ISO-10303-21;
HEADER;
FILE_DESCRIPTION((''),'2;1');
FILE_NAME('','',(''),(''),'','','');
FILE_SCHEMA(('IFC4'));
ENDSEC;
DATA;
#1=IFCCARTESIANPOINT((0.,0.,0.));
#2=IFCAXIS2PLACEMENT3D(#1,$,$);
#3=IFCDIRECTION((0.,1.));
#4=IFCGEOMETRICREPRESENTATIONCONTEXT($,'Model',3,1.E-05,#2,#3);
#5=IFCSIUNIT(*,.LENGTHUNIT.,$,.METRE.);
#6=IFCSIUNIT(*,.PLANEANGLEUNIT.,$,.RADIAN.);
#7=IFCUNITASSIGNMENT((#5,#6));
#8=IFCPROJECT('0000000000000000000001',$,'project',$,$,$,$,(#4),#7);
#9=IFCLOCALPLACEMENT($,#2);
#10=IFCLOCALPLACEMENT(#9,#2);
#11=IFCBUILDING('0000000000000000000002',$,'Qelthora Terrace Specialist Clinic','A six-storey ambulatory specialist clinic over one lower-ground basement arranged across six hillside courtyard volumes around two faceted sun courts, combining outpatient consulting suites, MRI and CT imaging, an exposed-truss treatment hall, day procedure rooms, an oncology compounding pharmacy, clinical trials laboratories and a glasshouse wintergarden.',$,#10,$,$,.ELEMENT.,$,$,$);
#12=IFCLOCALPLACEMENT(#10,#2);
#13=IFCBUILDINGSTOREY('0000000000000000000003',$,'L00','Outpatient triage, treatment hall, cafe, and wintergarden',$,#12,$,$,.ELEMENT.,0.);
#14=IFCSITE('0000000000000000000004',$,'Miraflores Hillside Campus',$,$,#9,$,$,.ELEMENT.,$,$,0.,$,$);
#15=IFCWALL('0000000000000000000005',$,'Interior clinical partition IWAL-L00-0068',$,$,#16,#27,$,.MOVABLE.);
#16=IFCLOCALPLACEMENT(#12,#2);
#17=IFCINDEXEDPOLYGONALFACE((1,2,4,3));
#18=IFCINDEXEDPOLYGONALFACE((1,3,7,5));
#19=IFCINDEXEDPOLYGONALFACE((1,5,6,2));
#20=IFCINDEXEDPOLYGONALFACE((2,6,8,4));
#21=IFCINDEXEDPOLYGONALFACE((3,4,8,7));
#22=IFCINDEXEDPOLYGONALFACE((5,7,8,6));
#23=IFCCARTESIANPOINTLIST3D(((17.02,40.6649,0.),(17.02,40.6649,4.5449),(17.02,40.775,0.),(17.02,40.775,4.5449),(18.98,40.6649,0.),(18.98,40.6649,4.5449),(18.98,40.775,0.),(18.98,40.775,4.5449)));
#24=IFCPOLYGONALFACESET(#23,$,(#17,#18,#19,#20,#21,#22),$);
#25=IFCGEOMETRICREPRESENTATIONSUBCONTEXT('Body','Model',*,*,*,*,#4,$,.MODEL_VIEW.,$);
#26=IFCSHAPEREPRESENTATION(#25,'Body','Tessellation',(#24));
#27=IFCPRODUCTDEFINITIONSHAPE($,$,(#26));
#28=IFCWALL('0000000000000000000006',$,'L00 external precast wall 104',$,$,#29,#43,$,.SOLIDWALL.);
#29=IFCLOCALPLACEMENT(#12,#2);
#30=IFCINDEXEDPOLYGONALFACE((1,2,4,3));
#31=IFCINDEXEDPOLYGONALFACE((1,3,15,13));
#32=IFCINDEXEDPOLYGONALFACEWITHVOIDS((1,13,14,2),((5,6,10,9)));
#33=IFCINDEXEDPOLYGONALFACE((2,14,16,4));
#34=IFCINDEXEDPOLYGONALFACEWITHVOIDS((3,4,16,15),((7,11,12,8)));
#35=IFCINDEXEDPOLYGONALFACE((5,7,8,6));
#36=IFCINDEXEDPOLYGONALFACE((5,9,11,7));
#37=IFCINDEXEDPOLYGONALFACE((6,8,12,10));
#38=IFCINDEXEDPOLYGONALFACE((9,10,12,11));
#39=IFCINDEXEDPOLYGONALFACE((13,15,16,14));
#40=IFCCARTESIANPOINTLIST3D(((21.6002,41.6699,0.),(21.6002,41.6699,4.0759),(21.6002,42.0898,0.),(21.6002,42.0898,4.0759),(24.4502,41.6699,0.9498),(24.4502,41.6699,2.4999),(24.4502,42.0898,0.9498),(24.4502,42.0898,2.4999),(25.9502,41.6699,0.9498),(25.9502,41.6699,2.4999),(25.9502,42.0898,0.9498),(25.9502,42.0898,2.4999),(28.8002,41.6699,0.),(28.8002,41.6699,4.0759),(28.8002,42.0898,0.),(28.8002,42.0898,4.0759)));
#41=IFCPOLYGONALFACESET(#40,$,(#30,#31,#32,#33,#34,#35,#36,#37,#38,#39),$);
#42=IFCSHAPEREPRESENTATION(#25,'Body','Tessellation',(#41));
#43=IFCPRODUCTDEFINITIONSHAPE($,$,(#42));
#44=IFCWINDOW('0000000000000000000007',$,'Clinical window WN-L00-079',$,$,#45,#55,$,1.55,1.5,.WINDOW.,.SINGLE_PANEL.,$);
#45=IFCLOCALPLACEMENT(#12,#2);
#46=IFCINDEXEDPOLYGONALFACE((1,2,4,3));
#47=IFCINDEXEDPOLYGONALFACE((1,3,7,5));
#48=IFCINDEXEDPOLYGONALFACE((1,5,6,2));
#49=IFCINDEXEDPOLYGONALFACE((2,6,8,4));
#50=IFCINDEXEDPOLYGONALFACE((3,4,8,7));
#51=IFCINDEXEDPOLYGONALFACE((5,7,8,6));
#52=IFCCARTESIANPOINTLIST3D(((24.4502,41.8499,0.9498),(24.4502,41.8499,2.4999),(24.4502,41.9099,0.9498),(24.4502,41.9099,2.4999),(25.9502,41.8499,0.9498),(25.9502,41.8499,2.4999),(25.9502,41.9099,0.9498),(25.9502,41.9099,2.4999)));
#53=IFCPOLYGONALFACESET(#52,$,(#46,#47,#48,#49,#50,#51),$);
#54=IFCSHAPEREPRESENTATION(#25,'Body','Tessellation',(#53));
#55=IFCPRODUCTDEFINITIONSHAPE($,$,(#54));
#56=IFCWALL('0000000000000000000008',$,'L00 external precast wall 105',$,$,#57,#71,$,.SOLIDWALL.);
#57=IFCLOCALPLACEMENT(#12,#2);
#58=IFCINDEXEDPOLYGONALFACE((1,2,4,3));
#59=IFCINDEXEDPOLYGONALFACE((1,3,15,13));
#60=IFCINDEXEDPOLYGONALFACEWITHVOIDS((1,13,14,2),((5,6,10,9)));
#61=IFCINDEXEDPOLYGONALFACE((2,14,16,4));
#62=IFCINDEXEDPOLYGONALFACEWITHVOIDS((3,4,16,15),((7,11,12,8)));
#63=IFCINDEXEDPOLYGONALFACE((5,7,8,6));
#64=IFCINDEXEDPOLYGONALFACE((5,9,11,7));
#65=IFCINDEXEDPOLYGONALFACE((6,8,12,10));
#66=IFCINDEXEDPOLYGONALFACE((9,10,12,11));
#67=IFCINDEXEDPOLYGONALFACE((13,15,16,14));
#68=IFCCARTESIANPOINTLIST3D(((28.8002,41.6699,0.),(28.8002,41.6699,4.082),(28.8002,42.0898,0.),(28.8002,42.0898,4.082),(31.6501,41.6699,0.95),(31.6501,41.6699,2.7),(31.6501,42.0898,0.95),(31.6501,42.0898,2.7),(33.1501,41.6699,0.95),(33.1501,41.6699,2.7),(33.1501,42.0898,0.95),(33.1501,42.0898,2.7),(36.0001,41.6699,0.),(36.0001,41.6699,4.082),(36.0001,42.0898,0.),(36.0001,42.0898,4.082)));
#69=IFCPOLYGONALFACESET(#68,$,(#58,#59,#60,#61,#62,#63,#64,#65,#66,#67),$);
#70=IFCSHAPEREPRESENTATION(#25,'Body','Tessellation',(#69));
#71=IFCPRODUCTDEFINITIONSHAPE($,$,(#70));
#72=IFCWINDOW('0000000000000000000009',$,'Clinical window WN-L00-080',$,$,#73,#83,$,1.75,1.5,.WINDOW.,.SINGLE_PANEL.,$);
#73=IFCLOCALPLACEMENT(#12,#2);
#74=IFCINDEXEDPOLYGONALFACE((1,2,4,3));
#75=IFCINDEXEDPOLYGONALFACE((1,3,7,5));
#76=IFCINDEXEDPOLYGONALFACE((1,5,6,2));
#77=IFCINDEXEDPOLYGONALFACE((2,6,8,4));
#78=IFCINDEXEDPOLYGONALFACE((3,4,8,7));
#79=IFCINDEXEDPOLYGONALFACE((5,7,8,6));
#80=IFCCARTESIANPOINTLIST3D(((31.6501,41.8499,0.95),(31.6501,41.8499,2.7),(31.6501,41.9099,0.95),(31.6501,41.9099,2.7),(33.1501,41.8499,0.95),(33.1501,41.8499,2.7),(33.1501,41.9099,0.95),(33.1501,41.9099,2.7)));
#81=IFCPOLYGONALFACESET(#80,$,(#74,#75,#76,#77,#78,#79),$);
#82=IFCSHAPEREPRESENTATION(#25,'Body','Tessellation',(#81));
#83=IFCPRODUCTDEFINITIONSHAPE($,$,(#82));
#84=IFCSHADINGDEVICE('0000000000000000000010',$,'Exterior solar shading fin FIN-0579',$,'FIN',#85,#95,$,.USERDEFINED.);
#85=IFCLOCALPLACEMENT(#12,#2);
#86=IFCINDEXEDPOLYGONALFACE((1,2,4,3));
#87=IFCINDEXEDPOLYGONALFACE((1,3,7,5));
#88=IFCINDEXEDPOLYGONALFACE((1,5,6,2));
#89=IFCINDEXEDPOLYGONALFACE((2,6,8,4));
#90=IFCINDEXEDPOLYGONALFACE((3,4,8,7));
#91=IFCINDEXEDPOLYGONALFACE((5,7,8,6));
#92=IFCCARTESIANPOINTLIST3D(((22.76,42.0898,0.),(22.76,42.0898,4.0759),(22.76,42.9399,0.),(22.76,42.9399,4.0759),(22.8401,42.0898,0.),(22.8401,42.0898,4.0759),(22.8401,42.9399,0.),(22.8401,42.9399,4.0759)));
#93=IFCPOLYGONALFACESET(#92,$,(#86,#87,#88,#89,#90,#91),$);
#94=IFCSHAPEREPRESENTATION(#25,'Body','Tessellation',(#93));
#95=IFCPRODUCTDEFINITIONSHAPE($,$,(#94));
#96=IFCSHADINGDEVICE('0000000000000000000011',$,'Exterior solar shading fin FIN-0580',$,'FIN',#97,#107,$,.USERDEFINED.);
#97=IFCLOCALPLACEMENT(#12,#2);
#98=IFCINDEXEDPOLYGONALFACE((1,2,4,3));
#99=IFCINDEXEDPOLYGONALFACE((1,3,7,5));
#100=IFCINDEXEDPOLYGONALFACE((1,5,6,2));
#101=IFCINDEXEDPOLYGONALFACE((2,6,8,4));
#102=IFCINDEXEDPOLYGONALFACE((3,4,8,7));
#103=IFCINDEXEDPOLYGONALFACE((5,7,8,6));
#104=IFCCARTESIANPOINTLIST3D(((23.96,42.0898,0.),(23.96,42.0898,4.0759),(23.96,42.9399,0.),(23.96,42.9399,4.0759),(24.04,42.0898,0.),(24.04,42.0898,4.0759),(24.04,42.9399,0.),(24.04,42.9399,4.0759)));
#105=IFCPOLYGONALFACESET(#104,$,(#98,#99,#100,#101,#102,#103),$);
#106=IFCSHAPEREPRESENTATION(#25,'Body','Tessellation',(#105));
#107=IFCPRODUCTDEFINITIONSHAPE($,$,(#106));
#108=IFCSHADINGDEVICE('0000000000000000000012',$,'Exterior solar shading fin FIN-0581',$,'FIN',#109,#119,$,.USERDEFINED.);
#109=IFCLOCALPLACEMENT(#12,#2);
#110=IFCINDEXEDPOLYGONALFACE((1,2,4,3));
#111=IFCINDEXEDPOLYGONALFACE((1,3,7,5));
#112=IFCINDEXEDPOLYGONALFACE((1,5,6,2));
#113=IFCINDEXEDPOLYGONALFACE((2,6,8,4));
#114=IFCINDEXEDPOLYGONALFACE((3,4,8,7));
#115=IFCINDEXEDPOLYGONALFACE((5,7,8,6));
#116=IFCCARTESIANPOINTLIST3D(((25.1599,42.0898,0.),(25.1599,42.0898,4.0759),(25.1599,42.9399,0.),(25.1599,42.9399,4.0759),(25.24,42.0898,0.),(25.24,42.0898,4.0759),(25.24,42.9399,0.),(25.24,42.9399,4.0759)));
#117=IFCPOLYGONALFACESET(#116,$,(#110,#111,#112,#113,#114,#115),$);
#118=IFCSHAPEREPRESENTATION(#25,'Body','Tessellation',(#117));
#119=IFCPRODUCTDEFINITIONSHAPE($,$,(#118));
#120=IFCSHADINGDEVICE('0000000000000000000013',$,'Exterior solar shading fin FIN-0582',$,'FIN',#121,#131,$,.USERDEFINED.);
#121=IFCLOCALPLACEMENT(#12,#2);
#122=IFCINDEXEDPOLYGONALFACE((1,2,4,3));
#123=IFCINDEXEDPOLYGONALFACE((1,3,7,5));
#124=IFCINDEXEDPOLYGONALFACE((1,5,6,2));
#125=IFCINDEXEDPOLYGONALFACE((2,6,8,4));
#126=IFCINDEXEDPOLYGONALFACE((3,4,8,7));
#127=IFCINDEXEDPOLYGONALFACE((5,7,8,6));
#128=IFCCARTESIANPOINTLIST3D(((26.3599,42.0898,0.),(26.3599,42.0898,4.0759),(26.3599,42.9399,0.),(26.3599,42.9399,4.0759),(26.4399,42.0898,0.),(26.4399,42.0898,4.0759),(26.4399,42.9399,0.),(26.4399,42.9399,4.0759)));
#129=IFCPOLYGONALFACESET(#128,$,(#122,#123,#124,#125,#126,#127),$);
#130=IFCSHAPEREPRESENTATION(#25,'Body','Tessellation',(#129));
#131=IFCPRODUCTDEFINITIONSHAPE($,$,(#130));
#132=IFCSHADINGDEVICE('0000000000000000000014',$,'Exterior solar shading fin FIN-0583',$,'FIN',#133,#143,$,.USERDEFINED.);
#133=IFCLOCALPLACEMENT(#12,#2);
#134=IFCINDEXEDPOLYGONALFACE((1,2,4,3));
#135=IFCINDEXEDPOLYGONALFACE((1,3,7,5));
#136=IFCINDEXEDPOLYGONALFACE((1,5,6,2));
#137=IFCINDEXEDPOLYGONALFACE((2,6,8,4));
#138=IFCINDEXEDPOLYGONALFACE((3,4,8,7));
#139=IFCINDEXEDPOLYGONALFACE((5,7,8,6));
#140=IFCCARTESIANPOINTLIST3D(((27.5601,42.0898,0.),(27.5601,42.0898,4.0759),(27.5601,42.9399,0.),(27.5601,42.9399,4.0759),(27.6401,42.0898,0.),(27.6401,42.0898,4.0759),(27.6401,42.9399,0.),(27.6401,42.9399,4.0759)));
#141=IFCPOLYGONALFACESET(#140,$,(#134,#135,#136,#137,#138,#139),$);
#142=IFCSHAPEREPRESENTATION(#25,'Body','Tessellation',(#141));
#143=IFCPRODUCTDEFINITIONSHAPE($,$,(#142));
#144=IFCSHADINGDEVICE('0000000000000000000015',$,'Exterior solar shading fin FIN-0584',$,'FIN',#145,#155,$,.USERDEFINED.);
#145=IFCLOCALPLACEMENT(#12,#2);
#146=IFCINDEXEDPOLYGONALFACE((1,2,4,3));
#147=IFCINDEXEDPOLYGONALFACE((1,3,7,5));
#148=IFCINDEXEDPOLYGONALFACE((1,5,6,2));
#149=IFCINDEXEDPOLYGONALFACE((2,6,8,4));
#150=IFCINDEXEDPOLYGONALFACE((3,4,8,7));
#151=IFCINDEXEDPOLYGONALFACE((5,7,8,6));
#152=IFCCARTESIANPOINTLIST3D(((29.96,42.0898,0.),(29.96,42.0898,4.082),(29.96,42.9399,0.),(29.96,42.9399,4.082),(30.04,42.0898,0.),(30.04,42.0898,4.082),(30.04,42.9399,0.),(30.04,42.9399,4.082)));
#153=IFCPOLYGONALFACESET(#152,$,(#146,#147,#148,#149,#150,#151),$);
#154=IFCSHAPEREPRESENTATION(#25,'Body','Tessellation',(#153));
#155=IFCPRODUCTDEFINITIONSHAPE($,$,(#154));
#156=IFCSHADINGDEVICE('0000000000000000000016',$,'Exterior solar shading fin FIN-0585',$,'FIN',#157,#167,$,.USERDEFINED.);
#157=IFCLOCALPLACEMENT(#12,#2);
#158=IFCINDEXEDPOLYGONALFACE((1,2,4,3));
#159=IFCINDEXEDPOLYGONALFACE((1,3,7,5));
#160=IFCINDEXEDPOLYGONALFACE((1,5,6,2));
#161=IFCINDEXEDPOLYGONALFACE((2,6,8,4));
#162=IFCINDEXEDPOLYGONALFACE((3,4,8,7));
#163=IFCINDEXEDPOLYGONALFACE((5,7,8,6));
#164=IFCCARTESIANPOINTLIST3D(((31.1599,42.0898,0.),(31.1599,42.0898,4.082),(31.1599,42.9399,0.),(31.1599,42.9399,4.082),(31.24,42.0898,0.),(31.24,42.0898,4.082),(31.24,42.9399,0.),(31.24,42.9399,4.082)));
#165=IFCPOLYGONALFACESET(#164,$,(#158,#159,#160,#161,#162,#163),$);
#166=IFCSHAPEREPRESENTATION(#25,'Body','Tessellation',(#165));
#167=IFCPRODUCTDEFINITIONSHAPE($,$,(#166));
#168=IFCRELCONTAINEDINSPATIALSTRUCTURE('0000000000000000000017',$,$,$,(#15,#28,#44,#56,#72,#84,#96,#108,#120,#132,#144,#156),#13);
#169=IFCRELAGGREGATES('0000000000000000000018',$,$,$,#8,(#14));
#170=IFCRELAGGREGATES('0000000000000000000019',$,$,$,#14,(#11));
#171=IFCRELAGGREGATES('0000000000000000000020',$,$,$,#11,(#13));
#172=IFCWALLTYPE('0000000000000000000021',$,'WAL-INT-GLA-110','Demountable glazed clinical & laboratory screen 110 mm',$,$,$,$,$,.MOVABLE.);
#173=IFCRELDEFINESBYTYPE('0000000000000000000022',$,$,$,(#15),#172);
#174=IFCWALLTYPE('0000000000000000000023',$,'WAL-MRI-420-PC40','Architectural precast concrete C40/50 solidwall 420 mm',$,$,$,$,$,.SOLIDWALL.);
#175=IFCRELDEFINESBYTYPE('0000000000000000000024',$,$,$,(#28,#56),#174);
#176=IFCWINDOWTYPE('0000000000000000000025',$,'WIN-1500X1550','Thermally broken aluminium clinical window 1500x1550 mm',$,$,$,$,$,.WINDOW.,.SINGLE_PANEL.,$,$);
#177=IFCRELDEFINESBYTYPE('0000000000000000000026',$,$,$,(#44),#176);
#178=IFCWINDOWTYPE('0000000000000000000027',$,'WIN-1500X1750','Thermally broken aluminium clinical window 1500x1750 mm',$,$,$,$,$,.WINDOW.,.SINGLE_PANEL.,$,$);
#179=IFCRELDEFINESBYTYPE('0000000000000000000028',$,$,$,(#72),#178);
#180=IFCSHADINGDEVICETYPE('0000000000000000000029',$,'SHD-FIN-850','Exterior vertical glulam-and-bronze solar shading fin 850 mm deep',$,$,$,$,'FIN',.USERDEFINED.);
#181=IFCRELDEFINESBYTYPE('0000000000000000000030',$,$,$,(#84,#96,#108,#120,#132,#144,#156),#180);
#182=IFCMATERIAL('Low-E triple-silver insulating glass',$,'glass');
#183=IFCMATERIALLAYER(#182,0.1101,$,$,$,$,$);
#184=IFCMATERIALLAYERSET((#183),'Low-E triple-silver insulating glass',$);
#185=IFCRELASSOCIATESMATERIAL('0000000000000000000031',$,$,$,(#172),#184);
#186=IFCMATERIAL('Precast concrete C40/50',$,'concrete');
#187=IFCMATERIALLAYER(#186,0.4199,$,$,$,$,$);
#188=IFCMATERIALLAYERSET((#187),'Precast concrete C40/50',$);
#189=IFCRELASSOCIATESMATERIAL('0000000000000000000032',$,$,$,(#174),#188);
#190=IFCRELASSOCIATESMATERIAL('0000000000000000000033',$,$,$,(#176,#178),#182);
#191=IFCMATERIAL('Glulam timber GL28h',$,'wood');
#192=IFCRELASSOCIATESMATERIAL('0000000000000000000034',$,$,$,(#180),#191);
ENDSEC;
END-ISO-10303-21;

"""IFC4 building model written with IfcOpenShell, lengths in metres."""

from ifc_helpers import new_model, si_unit, direction, frame, frame_2d, origin, origin_2d, place, context, subcontext, project, spatial, rectangle, extrude, material, layer, layer_set, type_object, element, fill, save


model = new_model("IFC4")

# Units and contexts
model_context = context("Model", 3, precision=1e-05, world=origin(), true_north=direction((0.0, 1.0)))
body_context = subcontext(model_context, "Body", "Model", "MODEL_VIEW")
ifc_project = project(units=[si_unit("LENGTHUNIT", "METRE"), si_unit("PLANEANGLEUNIT", "RADIAN")], contexts=[model_context])

# Site, building, storey
site_placement = place(None, origin())
site = spatial("IfcSite", under=ifc_project, at=site_placement, Name="Miraflores Hillside Campus", CompositionType="ELEMENT", RefElevation=0.0)
building_placement = place(site_placement, origin())
building = spatial("IfcBuilding", under=site, at=building_placement, Name="Qelthora Terrace Specialist Clinic", Description="A six-storey ambulatory specialist clinic over one lower-ground basement arranged across six hillside courtyard volumes around two faceted sun courts, combining outpatient consulting suites, MRI and CT imaging, an exposed-truss treatment hall, day procedure rooms, an oncology compounding pharmacy, clinical trials laboratories and a glasshouse wintergarden.", CompositionType="ELEMENT")
storey_placement = place(building_placement, origin())
storey = spatial("IfcBuildingStorey", under=building, at=storey_placement, Name="L00", Description="Outpatient triage, treatment hall, cafe, and wintergarden", CompositionType="ELEMENT", Elevation=0.0)

# Wall
ifc_material_1 = material(Name="Low-E triple-silver insulating glass", Category="glass")
ifc_layer_1 = layer(ifc_material_1, 0.1101)
ifc_layer_set_1 = layer_set([ifc_layer_1], Name="Low-E triple-silver insulating glass")
wall_type_1 = type_object("IfcWallType", Name="WAL-INT-GLA-110", Description="Demountable glazed clinical & laboratory screen 110 mm", PredefinedType="MOVABLE", material=ifc_layer_set_1)
wall_1_placement = place(storey_placement, frame((17.02, 40.72, 0.0), z_axis=(0.0, 0.0, 1.0), x_axis=(1.0, 0.0, 0.0)))
element("IfcWall", 1, at=wall_1_placement, inside=storey, type_object=wall_type_1, Name="Interior clinical partition IWAL-L00-0068", PredefinedType="MOVABLE", context=body_context, shape_type="SweptSolid", body=[
    extrude(rectangle(XDim=1.96, YDim=0.1101, at=frame_2d((0.98, 0.0))), origin(), (0.0, 0.0, 1.0), 4.5449),
])

# Shared definitions
ifc_material_2 = material(Name="Precast concrete C40/50", Category="concrete")
ifc_layer_2 = layer(ifc_material_2, 0.4199)
ifc_layer_set_2 = layer_set([ifc_layer_2], Name="Precast concrete C40/50")
wall_type_2 = type_object("IfcWallType", Name="WAL-MRI-420-PC40", Description="Architectural precast concrete C40/50 solidwall 420 mm", PredefinedType="SOLIDWALL", material=ifc_layer_set_2)

# Walls, openings, windows
wall_2_placement = place(storey_placement, frame((21.6001, 41.8799, 0.0), z_axis=(0.0, 0.0, 1.0), x_axis=(1.0, 0.0, 0.0)))
wall_2 = element("IfcWall", 2, at=wall_2_placement, inside=storey, type_object=wall_type_2, Name="L00 external precast wall 104", PredefinedType="SOLIDWALL", context=body_context, shape_type="SweptSolid", body=[
    extrude(rectangle(XDim=7.2, YDim=0.4199, at=frame_2d((3.6001, 0.0))), origin(), (0.0, 0.0, 1.0), 4.0759),
])
opening_1_placement = place(wall_2_placement, frame((2.8501, 0.0, 0.95)))
opening_1 = element("IfcOpeningElement", 3, at=opening_1_placement, cuts=wall_2, PredefinedType="OPENING", context=body_context, shape_type="SweptSolid", body=[
    extrude(rectangle(XDim=1.5, YDim=1.55, at=frame_2d((0.75, 0.7749))), frame((0.0, 0.22, 0.0), z_axis=(0.0, -1.0, 0.0), x_axis=(1.0, 0.0, 0.0)), (0.0, 0.0, 1.0), 0.4399),
])
window_type_1 = type_object("IfcWindowType", Name="WIN-1500X1550", Description="Thermally broken aluminium clinical window 1500x1550 mm", PartitioningType="SINGLE_PANEL", PredefinedType="WINDOW", material=ifc_material_1)
window_1_placement = place(opening_1_placement, origin())
window_1 = element("IfcWindow", 4, at=window_1_placement, inside=storey, type_object=window_type_1, Name="Clinical window WN-L00-079", OverallHeight=1.55, OverallWidth=1.5, PartitioningType="SINGLE_PANEL", PredefinedType="WINDOW", context=body_context, shape_type="SweptSolid", body=[
    extrude(rectangle(XDim=1.5, YDim=1.55, at=frame_2d((0.75, 0.7749))), frame((0.0, 0.03, 0.0), z_axis=(0.0, -1.0, 0.0), x_axis=(1.0, 0.0, 0.0)), (0.0, 0.0, 1.0), 0.0601),
])
fill(opening_1, window_1)
wall_3_placement = place(storey_placement, frame((28.8, 41.8799, 0.0), z_axis=(0.0, 0.0, 1.0), x_axis=(1.0, 0.0, 0.0)))
wall_3 = element("IfcWall", 5, at=wall_3_placement, inside=storey, type_object=wall_type_2, Name="L00 external precast wall 105", PredefinedType="SOLIDWALL", context=body_context, shape_type="SweptSolid", body=[
    extrude(rectangle(XDim=7.2, YDim=0.4199, at=frame_2d((3.6001, 0.0))), origin(), (0.0, 0.0, 1.0), 4.082),
])
opening_2_placement = place(wall_3_placement, frame((2.8501, 0.0, 0.95)))
opening_2 = element("IfcOpeningElement", 6, at=opening_2_placement, cuts=wall_3, PredefinedType="OPENING", context=body_context, shape_type="SweptSolid", body=[
    extrude(rectangle(XDim=1.5, YDim=1.75, at=frame_2d((0.75, 0.875))), frame((0.0, 0.22, 0.0), z_axis=(0.0, -1.0, 0.0), x_axis=(1.0, 0.0, 0.0)), (0.0, 0.0, 1.0), 0.4399),
])
window_type_2 = type_object("IfcWindowType", Name="WIN-1500X1750", Description="Thermally broken aluminium clinical window 1500x1750 mm", PartitioningType="SINGLE_PANEL", PredefinedType="WINDOW", material=ifc_material_1)
window_2_placement = place(opening_2_placement, origin())
window_2 = element("IfcWindow", 7, at=window_2_placement, inside=storey, type_object=window_type_2, Name="Clinical window WN-L00-080", OverallHeight=1.75, OverallWidth=1.5, PartitioningType="SINGLE_PANEL", PredefinedType="WINDOW", context=body_context, shape_type="SweptSolid", body=[
    extrude(rectangle(XDim=1.5, YDim=1.75, at=frame_2d((0.75, 0.875))), frame((0.0, 0.03, 0.0), z_axis=(0.0, -1.0, 0.0), x_axis=(1.0, 0.0, 0.0)), (0.0, 0.0, 1.0), 0.0601),
])
fill(opening_2, window_2)

# Shading devices
ifc_material_3 = material(Name="Glulam timber GL28h", Category="wood")
shading_device_type = type_object("IfcShadingDeviceType", Name="SHD-FIN-850", Description="Exterior vertical glulam-and-bronze solar shading fin 850 mm deep", ElementType="FIN", PredefinedType="USERDEFINED", material=ifc_material_3)
for number, where, z_axis, x_axis, name in (
    (8, (22.8, 42.5149, 0.0), (0.0, 0.0, 1.0), (0.0, 1.0, 0.0), "Exterior solar shading fin FIN-0579"),
    (9, (24.0, 42.5149, 0.0), (0.0, 0.0, 1.0), (0.0, 1.0, 0.0), "Exterior solar shading fin FIN-0580"),
    (10, (25.2, 42.5149, 0.0), (0.0, 0.0, 1.0), (0.0, 1.0, 0.0), "Exterior solar shading fin FIN-0581"),
    (11, (26.3999, 42.5149, 0.0), (0.0, 0.0, 1.0), (0.0, 1.0, 0.0), "Exterior solar shading fin FIN-0582"),
    (12, (27.6001, 42.5149, 0.0), (0.0, 0.0, 1.0), (0.0, 1.0, 0.0), "Exterior solar shading fin FIN-0583"),
):
    element("IfcShadingDevice", number, at=place(storey_placement, frame(where, z_axis=z_axis, x_axis=x_axis)), inside=storey, type_object=shading_device_type, Name=name, ObjectType="FIN", PredefinedType="USERDEFINED", context=body_context, shape_type="SweptSolid", body=[
        extrude(rectangle(XDim=0.8501, YDim=0.0801, at=origin_2d()), origin(), (0.0, 0.0, 1.0), 4.0759),
    ])
for number, where, z_axis, x_axis, name in (
    (13, (30.0, 42.5149, 0.0), (0.0, 0.0, 1.0), (0.0, 1.0, 0.0), "Exterior solar shading fin FIN-0584"),
    (14, (31.2, 42.5149, 0.0), (0.0, 0.0, 1.0), (0.0, 1.0, 0.0), "Exterior solar shading fin FIN-0585"),
):
    element("IfcShadingDevice", number, at=place(storey_placement, frame(where, z_axis=z_axis, x_axis=x_axis)), inside=storey, type_object=shading_device_type, Name=name, ObjectType="FIN", PredefinedType="USERDEFINED", context=body_context, shape_type="SweptSolid", body=[
        extrude(rectangle(XDim=0.8501, YDim=0.0801, at=origin_2d()), origin(), (0.0, 0.0, 1.0), 4.082),
    ])

save(model, "model.ifc")
